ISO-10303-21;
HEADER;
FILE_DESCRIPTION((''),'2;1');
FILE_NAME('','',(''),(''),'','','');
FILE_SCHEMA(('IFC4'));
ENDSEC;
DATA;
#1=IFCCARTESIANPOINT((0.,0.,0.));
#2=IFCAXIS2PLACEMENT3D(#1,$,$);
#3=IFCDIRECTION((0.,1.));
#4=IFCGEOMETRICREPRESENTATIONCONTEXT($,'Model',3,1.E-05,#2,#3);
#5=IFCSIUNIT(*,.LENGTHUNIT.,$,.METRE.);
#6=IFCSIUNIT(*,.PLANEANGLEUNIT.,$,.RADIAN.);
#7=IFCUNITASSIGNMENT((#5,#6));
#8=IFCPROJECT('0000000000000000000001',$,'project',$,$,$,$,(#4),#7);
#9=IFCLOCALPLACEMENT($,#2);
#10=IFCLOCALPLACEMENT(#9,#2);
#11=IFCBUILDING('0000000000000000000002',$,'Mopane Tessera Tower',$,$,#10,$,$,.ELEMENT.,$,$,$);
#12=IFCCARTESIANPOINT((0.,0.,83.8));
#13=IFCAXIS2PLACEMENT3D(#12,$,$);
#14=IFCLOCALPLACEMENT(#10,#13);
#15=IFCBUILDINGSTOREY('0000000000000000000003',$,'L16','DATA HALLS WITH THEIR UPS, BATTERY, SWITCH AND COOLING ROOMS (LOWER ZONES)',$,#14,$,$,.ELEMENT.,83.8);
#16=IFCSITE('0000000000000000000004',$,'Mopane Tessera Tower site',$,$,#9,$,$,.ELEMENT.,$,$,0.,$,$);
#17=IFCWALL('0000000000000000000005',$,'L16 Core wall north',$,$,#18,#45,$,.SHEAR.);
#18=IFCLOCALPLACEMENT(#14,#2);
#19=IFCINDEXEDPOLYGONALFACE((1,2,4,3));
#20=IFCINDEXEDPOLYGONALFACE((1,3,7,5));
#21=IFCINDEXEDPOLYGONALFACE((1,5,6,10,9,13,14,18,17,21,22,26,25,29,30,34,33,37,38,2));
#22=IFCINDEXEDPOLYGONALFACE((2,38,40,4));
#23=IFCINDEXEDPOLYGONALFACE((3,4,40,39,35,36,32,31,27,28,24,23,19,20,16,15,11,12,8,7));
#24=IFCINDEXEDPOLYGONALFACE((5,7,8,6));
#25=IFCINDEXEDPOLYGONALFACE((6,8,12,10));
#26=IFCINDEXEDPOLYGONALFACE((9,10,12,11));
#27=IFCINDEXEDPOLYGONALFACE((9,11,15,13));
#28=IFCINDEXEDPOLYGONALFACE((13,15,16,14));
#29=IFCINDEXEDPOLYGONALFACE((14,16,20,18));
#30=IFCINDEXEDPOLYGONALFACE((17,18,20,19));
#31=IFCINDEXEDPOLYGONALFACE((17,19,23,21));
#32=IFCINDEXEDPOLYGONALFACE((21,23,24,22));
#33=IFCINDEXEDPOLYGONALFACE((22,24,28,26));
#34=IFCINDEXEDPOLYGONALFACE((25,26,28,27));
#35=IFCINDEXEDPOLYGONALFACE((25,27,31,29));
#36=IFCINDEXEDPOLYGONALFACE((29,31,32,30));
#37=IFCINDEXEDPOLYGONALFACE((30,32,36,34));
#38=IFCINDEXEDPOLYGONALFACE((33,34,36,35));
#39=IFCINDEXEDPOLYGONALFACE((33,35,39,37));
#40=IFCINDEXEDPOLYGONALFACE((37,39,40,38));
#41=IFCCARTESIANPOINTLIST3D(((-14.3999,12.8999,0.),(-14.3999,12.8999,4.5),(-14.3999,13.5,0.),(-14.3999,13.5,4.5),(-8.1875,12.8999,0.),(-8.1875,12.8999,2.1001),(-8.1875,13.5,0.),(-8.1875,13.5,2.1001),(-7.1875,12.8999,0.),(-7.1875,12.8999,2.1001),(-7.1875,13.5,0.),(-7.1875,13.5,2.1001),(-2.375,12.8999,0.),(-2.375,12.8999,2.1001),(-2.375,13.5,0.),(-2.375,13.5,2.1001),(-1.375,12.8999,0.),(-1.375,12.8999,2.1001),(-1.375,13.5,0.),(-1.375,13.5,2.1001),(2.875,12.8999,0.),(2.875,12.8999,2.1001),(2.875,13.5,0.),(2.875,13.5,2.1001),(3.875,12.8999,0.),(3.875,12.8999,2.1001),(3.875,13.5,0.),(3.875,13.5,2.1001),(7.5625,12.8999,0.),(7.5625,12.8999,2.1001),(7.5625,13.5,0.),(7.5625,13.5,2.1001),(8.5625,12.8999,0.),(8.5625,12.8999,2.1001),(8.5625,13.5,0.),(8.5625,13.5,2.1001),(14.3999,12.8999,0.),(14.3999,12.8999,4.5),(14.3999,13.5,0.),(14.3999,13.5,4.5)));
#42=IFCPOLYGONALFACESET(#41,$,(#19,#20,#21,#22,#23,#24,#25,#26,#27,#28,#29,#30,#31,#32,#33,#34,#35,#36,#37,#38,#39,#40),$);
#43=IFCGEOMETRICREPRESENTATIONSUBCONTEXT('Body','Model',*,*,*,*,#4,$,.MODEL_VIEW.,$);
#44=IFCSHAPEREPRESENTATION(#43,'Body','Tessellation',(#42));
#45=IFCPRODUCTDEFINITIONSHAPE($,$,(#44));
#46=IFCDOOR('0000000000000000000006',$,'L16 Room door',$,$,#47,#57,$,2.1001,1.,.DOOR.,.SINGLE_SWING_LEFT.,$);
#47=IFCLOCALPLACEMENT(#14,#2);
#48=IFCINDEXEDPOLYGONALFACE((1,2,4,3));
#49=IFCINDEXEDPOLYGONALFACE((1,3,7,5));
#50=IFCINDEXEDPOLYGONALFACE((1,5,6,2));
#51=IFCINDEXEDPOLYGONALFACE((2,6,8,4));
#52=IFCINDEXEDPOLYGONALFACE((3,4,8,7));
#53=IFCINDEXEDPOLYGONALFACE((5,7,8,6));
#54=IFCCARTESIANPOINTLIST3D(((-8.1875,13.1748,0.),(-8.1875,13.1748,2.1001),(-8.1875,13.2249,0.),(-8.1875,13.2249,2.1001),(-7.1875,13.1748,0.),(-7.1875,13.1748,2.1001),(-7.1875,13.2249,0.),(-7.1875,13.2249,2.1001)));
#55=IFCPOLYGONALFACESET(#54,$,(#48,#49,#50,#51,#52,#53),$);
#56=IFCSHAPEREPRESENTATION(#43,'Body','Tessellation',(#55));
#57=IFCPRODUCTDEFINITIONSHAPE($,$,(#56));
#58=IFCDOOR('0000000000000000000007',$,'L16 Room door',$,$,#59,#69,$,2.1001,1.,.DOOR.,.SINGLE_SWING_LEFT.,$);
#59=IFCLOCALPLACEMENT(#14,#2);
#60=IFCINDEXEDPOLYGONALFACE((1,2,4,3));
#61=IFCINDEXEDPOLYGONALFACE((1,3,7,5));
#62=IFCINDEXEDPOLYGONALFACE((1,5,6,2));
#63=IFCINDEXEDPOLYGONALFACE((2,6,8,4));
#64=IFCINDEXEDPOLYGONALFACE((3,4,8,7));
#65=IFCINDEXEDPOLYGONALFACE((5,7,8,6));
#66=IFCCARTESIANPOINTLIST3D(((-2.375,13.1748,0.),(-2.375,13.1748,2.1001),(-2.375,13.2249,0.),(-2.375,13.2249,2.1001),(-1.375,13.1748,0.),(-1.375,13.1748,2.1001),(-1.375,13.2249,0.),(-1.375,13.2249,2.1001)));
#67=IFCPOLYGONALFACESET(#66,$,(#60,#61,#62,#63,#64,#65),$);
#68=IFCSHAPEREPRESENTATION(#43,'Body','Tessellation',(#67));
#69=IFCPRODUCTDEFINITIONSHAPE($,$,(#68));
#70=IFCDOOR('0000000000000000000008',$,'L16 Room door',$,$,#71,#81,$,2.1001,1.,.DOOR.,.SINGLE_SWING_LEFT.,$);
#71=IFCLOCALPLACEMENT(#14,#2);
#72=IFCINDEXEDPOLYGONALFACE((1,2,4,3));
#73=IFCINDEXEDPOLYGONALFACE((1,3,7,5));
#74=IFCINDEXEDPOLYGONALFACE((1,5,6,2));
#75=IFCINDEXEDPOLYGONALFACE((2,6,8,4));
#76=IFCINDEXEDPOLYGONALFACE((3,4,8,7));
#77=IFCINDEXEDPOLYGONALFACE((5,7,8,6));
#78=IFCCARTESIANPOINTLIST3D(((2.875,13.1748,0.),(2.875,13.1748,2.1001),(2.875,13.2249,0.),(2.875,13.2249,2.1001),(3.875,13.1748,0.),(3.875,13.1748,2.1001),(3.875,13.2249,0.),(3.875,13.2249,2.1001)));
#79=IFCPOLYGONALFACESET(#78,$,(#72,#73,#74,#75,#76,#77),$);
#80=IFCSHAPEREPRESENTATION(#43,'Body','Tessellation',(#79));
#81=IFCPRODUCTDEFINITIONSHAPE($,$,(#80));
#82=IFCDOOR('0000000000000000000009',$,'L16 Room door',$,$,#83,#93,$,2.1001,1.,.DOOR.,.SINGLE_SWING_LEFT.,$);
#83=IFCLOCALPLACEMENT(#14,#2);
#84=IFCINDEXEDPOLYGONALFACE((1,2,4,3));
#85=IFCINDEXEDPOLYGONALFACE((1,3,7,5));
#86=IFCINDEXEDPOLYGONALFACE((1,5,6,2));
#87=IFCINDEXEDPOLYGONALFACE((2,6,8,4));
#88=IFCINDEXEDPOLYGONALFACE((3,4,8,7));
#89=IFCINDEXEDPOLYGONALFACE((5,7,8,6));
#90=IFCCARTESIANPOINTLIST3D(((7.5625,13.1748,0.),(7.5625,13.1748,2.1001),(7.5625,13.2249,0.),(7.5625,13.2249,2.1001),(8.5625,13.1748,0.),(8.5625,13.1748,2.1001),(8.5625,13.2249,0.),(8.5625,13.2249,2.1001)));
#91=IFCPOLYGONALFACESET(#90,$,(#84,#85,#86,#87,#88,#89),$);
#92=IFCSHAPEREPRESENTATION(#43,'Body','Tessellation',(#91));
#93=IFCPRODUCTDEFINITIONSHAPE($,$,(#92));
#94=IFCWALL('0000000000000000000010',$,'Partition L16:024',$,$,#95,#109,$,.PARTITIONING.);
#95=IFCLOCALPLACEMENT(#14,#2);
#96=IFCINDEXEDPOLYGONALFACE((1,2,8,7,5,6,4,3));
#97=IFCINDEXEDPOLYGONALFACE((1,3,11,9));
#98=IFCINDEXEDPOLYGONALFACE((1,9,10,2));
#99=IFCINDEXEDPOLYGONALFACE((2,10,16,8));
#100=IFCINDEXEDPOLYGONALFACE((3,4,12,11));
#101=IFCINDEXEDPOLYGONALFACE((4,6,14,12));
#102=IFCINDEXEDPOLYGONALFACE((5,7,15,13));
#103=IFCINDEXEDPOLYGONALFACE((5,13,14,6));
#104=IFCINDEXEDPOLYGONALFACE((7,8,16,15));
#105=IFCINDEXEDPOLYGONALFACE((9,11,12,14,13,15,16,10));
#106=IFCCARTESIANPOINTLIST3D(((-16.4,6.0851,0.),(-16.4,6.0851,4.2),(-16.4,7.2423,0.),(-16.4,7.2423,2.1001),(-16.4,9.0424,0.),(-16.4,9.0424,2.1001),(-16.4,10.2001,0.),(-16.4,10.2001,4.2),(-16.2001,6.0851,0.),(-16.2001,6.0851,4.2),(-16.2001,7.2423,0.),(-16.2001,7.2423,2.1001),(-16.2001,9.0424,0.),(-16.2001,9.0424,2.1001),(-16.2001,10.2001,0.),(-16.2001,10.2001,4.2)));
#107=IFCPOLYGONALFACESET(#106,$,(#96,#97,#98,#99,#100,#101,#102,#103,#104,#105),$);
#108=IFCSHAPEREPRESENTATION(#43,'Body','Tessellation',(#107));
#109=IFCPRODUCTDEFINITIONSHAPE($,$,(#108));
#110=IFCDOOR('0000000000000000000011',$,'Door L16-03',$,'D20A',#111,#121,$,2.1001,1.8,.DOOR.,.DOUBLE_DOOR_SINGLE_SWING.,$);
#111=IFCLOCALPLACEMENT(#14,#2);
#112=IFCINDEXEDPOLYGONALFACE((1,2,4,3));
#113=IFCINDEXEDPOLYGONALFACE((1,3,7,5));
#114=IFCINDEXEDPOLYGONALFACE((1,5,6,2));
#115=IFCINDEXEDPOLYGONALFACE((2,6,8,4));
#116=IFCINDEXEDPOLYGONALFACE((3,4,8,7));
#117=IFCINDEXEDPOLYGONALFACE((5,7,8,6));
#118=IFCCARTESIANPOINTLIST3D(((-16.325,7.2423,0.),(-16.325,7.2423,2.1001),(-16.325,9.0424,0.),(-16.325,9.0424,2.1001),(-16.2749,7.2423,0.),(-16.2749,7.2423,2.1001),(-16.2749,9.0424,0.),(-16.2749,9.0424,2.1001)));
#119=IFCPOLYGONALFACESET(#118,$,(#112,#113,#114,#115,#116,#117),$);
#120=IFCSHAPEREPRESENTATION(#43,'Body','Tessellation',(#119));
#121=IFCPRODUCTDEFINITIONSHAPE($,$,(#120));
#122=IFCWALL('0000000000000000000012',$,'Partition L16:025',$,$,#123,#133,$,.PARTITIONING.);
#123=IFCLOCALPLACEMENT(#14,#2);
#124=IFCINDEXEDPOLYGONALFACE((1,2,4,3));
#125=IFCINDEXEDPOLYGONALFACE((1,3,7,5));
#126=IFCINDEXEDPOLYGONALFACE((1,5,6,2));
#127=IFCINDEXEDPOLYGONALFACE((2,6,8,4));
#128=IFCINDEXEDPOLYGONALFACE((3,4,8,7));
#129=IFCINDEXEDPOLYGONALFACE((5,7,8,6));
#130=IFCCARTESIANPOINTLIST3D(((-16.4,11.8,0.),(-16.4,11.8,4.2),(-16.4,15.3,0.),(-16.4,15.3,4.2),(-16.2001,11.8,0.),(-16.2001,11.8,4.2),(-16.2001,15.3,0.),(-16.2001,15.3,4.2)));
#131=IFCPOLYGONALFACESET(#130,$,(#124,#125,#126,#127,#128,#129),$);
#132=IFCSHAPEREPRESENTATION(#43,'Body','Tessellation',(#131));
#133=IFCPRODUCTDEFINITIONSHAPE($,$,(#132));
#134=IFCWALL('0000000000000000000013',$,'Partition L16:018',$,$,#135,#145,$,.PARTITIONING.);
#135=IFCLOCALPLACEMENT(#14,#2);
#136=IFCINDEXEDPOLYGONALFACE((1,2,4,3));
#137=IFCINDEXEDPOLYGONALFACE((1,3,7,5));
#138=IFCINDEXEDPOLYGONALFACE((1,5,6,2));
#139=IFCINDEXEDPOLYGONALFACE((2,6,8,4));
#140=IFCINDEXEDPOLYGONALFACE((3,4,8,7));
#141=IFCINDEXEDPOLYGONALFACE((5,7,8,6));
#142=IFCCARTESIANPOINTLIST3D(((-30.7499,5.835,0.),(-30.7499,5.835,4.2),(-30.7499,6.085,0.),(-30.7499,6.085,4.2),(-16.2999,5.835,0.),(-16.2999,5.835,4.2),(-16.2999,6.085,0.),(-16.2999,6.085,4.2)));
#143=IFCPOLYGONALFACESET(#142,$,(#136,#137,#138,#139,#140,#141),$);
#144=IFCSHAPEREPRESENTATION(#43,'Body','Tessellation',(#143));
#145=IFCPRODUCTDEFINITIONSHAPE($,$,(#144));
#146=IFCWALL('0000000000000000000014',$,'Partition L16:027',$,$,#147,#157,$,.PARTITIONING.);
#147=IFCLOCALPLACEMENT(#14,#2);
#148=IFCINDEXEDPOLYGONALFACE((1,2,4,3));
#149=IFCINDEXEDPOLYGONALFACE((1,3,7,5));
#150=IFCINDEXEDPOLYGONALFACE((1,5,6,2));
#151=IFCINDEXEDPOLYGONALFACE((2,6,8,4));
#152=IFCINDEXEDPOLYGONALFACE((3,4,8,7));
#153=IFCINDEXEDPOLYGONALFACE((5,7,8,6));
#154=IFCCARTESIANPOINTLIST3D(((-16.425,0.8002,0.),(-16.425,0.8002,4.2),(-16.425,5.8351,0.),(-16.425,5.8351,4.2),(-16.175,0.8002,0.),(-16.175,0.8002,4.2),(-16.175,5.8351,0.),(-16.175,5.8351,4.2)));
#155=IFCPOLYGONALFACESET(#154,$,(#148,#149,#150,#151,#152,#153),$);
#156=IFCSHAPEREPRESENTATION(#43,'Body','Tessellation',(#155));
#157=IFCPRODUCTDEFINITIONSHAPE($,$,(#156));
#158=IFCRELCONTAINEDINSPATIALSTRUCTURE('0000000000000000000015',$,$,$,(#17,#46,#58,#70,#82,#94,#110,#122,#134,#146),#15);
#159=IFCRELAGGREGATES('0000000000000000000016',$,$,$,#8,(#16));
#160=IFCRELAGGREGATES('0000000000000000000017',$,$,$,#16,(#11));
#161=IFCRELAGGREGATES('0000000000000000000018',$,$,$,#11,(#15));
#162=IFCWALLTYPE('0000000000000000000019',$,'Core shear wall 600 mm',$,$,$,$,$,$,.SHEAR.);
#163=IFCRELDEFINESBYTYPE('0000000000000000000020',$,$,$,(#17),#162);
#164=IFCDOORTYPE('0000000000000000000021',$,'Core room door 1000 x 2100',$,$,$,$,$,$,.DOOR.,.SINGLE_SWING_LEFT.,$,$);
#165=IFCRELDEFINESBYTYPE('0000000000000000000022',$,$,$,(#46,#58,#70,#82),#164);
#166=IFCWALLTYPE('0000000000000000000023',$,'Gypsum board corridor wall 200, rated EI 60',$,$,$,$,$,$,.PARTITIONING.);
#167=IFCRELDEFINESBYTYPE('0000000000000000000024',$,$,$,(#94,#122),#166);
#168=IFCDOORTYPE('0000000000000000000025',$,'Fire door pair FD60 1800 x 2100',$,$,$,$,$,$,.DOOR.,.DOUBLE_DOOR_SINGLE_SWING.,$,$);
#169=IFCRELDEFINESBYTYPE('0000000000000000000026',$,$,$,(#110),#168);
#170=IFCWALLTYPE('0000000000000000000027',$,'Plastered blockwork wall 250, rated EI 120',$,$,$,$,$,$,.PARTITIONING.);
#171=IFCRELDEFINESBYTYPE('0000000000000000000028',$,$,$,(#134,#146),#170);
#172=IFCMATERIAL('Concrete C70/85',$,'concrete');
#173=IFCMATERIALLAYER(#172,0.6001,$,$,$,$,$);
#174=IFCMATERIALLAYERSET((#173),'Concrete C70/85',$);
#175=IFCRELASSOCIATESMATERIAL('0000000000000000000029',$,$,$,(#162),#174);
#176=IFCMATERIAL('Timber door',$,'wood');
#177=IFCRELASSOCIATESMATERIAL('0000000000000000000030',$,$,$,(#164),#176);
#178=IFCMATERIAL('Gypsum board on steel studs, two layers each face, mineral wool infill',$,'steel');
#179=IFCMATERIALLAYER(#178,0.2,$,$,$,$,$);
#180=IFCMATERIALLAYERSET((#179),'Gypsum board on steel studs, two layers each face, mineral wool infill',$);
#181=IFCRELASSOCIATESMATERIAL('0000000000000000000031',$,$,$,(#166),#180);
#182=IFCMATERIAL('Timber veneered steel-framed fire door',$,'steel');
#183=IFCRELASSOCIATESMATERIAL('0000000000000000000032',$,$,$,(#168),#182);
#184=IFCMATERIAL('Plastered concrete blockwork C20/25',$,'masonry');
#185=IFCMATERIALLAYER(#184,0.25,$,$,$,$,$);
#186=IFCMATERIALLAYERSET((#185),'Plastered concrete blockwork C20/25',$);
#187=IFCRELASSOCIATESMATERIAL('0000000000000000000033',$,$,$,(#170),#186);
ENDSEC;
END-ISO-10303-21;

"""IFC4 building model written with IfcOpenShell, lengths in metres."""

from ifc_helpers import new_model, si_unit, direction, frame, frame_2d, origin, place, context, subcontext, project, spatial, rectangle, extrude, material, layer, layer_set, type_object, element, fill, save


model = new_model("IFC4")

# Units and contexts
model_context = context("Model", 3, precision=1e-05, world=origin(), true_north=direction((0.0, 1.0)))
body_context = subcontext(model_context, "Body", "Model", "MODEL_VIEW")
ifc_project = project(units=[si_unit("LENGTHUNIT", "METRE"), si_unit("PLANEANGLEUNIT", "RADIAN")], contexts=[model_context])

# Site, building, storey
site_placement = place(None, origin())
site = spatial("IfcSite", under=ifc_project, at=site_placement, Name="Mopane Tessera Tower site", CompositionType="ELEMENT", RefElevation=0.0)
building_placement = place(site_placement, origin())
building = spatial("IfcBuilding", under=site, at=building_placement, Name="Mopane Tessera Tower", CompositionType="ELEMENT")
storey_placement = place(building_placement, frame((0.0, 0.0, 83.8)))
storey = spatial("IfcBuildingStorey", under=building, at=storey_placement, Name="L16", Description="DATA HALLS WITH THEIR UPS, BATTERY, SWITCH AND COOLING ROOMS (LOWER ZONES)", CompositionType="ELEMENT", Elevation=83.8)

# Wall, openings, doors
ifc_material_1 = material(Name="Concrete C70/85", Category="concrete")
ifc_layer_1 = layer(ifc_material_1, 0.6001)
ifc_layer_set_1 = layer_set([ifc_layer_1], Name="Concrete C70/85")
wall_type_1 = type_object("IfcWallType", Name="Core shear wall 600 mm", PredefinedType="SHEAR", material=ifc_layer_set_1)
wall_1_placement = place(storey_placement, frame((-14.3999, 13.2, 0.0), z_axis=(0.0, 0.0, 1.0), x_axis=(1.0, 0.0, 0.0)))
wall_1 = element("IfcWall", 1, at=wall_1_placement, inside=storey, type_object=wall_type_1, Name="L16 Core wall north", PredefinedType="SHEAR", context=body_context, shape_type="SweptSolid", body=[
    extrude(rectangle(XDim=28.7998, YDim=0.6001, at=frame_2d((14.3999, 0.0))), origin(), (0.0, 0.0, 1.0), 4.5),
])
opening_1_placement = place(wall_1_placement, frame((6.2124, 0.0, 0.0)))
opening_1 = element("IfcOpeningElement", 2, at=opening_1_placement, cuts=wall_1, PredefinedType="OPENING", context=body_context, shape_type="SweptSolid", body=[
    extrude(rectangle(XDim=1.0, YDim=2.1001, at=frame_2d((0.5, 1.05))), frame((0.0, 0.312, 0.0), z_axis=(0.0, -1.0, 0.0), x_axis=(1.0, 0.0, 0.0)), (0.0, 0.0, 1.0), 0.624),
])
opening_2_placement = place(wall_1_placement, frame((12.0249, 0.0, 0.0)))
opening_2 = element("IfcOpeningElement", 3, at=opening_2_placement, cuts=wall_1, PredefinedType="OPENING", context=body_context, shape_type="SweptSolid", body=[
    extrude(rectangle(XDim=1.0, YDim=2.1001, at=frame_2d((0.5, 1.05))), frame((0.0, 0.312, 0.0), z_axis=(0.0, -1.0, 0.0), x_axis=(1.0, 0.0, 0.0)), (0.0, 0.0, 1.0), 0.624),
])
opening_3_placement = place(wall_1_placement, frame((17.2749, 0.0, 0.0)))
opening_3 = element("IfcOpeningElement", 4, at=opening_3_placement, cuts=wall_1, PredefinedType="OPENING", context=body_context, shape_type="SweptSolid", body=[
    extrude(rectangle(XDim=1.0, YDim=2.1001, at=frame_2d((0.5, 1.05))), frame((0.0, 0.312, 0.0), z_axis=(0.0, -1.0, 0.0), x_axis=(1.0, 0.0, 0.0)), (0.0, 0.0, 1.0), 0.624),
])
opening_4_placement = place(wall_1_placement, frame((21.9624, 0.0, 0.0)))
opening_4 = element("IfcOpeningElement", 5, at=opening_4_placement, cuts=wall_1, PredefinedType="OPENING", context=body_context, shape_type="SweptSolid", body=[
    extrude(rectangle(XDim=1.0, YDim=2.1001, at=frame_2d((0.5, 1.05))), frame((0.0, 0.312, 0.0), z_axis=(0.0, -1.0, 0.0), x_axis=(1.0, 0.0, 0.0)), (0.0, 0.0, 1.0), 0.624),
])
ifc_material_2 = material(Name="Timber door", Category="wood")
door_type_1 = type_object("IfcDoorType", Name="Core room door 1000 x 2100", OperationType="SINGLE_SWING_LEFT", PredefinedType="DOOR", material=ifc_material_2)
door_1_placement = place(opening_1_placement, origin())
door_1 = element("IfcDoor", 6, at=door_1_placement, inside=storey, type_object=door_type_1, Name="L16 Room door", OperationType="SINGLE_SWING_LEFT", OverallHeight=2.1001, OverallWidth=1.0, PredefinedType="DOOR", context=body_context, shape_type="SweptSolid", body=[
    extrude(rectangle(XDim=1.0, YDim=2.1001, at=frame_2d((0.5, 1.05))), frame((0.0, 0.0249, 0.0), z_axis=(0.0, -1.0, 0.0), x_axis=(1.0, 0.0, 0.0)), (0.0, 0.0, 1.0), 0.05),
])
fill(opening_1, door_1)
door_2_placement = place(opening_2_placement, origin())
door_2 = element("IfcDoor", 7, at=door_2_placement, inside=storey, type_object=door_type_1, Name="L16 Room door", OperationType="SINGLE_SWING_LEFT", OverallHeight=2.1001, OverallWidth=1.0, PredefinedType="DOOR", context=body_context, shape_type="SweptSolid", body=[
    extrude(rectangle(XDim=1.0, YDim=2.1001, at=frame_2d((0.5, 1.05))), frame((0.0, 0.0249, 0.0), z_axis=(0.0, -1.0, 0.0), x_axis=(1.0, 0.0, 0.0)), (0.0, 0.0, 1.0), 0.05),
])
fill(opening_2, door_2)
door_3_placement = place(opening_3_placement, origin())
door_3 = element("IfcDoor", 8, at=door_3_placement, inside=storey, type_object=door_type_1, Name="L16 Room door", OperationType="SINGLE_SWING_LEFT", OverallHeight=2.1001, OverallWidth=1.0, PredefinedType="DOOR", context=body_context, shape_type="SweptSolid", body=[
    extrude(rectangle(XDim=1.0, YDim=2.1001, at=frame_2d((0.5, 1.05))), frame((0.0, 0.0249, 0.0), z_axis=(0.0, -1.0, 0.0), x_axis=(1.0, 0.0, 0.0)), (0.0, 0.0, 1.0), 0.05),
])
fill(opening_3, door_3)
door_4_placement = place(opening_4_placement, origin())
door_4 = element("IfcDoor", 9, at=door_4_placement, inside=storey, type_object=door_type_1, Name="L16 Room door", OperationType="SINGLE_SWING_LEFT", OverallHeight=2.1001, OverallWidth=1.0, PredefinedType="DOOR", context=body_context, shape_type="SweptSolid", body=[
    extrude(rectangle(XDim=1.0, YDim=2.1001, at=frame_2d((0.5, 1.05))), frame((0.0, 0.0249, 0.0), z_axis=(0.0, -1.0, 0.0), x_axis=(1.0, 0.0, 0.0)), (0.0, 0.0, 1.0), 0.05),
])
fill(opening_4, door_4)

# Wall, opening, door
ifc_material_3 = material(Name="Gypsum board on steel studs, two layers each face, mineral wool infill", Category="steel")
ifc_layer_2 = layer(ifc_material_3, 0.2)
ifc_layer_set_2 = layer_set([ifc_layer_2], Name="Gypsum board on steel studs, two layers each face, mineral wool infill")
wall_type_2 = type_object("IfcWallType", Name="Gypsum board corridor wall 200, rated EI 60", PredefinedType="PARTITIONING", material=ifc_layer_set_2)
wall_2_placement = place(storey_placement, frame((-16.3, 6.085, 0.0), z_axis=(0.0, 0.0, 1.0), x_axis=(0.0, 1.0, 0.0)))
wall_2 = element("IfcWall", 10, at=wall_2_placement, inside=storey, type_object=wall_type_2, Name="Partition L16:024", PredefinedType="PARTITIONING", context=body_context, shape_type="SweptSolid", body=[
    extrude(rectangle(XDim=4.115, YDim=0.2, at=frame_2d((2.0576, 0.0))), origin(), (0.0, 0.0, 1.0), 4.2),
])
opening_5_placement = place(wall_2_placement, frame((1.1575, 0.0, 0.0)))
opening_5 = element("IfcOpeningElement", 11, at=opening_5_placement, cuts=wall_2, PredefinedType="OPENING", context=body_context, shape_type="SweptSolid", body=[
    extrude(rectangle(XDim=1.8, YDim=2.1001, at=frame_2d((0.8999, 1.05))), frame((0.0, 0.1121, 0.0), z_axis=(0.0, -1.0, 0.0), x_axis=(1.0, 0.0, 0.0)), (0.0, 0.0, 1.0), 0.2239),
])
ifc_material_4 = material(Name="Timber veneered steel-framed fire door", Category="steel")
door_type_2 = type_object("IfcDoorType", Name="Fire door pair FD60 1800 x 2100", OperationType="DOUBLE_DOOR_SINGLE_SWING", PredefinedType="DOOR", material=ifc_material_4)
door_5_placement = place(opening_5_placement, origin())
door_5 = element("IfcDoor", 12, at=door_5_placement, inside=storey, type_object=door_type_2, Name="Door L16-03", ObjectType="D20A", OperationType="DOUBLE_DOOR_SINGLE_SWING", OverallHeight=2.1001, OverallWidth=1.8, PredefinedType="DOOR", context=body_context, shape_type="SweptSolid", body=[
    extrude(rectangle(XDim=1.8, YDim=2.1001, at=frame_2d((0.8999, 1.05))), frame((0.0, 0.0249, 0.0), z_axis=(0.0, -1.0, 0.0), x_axis=(1.0, 0.0, 0.0)), (0.0, 0.0, 1.0), 0.05),
])
fill(opening_5, door_5)

# Walls
wall_3_placement = place(storey_placement, frame((-16.3, 11.8, 0.0), z_axis=(0.0, 0.0, 1.0), x_axis=(0.0, 1.0, 0.0)))
element("IfcWall", 13, at=wall_3_placement, inside=storey, type_object=wall_type_2, Name="Partition L16:025", PredefinedType="PARTITIONING", context=body_context, shape_type="SweptSolid", body=[
    extrude(rectangle(XDim=3.5, YDim=0.2, at=frame_2d((1.75, 0.0))), origin(), (0.0, 0.0, 1.0), 4.2),
])
ifc_material_5 = material(Name="Plastered concrete blockwork C20/25", Category="masonry")
ifc_layer_3 = layer(ifc_material_5, 0.25)
ifc_layer_set_3 = layer_set([ifc_layer_3], Name="Plastered concrete blockwork C20/25")
wall_type_3 = type_object("IfcWallType", Name="Plastered blockwork wall 250, rated EI 120", PredefinedType="PARTITIONING", material=ifc_layer_set_3)
wall_4_placement = place(storey_placement, frame((-30.75, 5.96, 0.0), z_axis=(0.0, 0.0, 1.0), x_axis=(1.0, 0.0, 0.0)))
element("IfcWall", 14, at=wall_4_placement, inside=storey, type_object=wall_type_3, Name="Partition L16:018", PredefinedType="PARTITIONING", context=body_context, shape_type="SweptSolid", body=[
    extrude(rectangle(XDim=14.45, YDim=0.25, at=frame_2d((7.2251, 0.0))), origin(), (0.0, 0.0, 1.0), 4.2),
])
wall_5_placement = place(storey_placement, frame((-16.3, 0.8, 0.0), z_axis=(0.0, 0.0, 1.0), x_axis=(0.0, 1.0, 0.0)))
element("IfcWall", 15, at=wall_5_placement, inside=storey, type_object=wall_type_3, Name="Partition L16:027", PredefinedType="PARTITIONING", context=body_context, shape_type="SweptSolid", body=[
    extrude(rectangle(XDim=5.0349, YDim=0.25, at=frame_2d((2.5176, 0.0))), origin(), (0.0, 0.0, 1.0), 4.2),
])

save(model, "model.ifc")
